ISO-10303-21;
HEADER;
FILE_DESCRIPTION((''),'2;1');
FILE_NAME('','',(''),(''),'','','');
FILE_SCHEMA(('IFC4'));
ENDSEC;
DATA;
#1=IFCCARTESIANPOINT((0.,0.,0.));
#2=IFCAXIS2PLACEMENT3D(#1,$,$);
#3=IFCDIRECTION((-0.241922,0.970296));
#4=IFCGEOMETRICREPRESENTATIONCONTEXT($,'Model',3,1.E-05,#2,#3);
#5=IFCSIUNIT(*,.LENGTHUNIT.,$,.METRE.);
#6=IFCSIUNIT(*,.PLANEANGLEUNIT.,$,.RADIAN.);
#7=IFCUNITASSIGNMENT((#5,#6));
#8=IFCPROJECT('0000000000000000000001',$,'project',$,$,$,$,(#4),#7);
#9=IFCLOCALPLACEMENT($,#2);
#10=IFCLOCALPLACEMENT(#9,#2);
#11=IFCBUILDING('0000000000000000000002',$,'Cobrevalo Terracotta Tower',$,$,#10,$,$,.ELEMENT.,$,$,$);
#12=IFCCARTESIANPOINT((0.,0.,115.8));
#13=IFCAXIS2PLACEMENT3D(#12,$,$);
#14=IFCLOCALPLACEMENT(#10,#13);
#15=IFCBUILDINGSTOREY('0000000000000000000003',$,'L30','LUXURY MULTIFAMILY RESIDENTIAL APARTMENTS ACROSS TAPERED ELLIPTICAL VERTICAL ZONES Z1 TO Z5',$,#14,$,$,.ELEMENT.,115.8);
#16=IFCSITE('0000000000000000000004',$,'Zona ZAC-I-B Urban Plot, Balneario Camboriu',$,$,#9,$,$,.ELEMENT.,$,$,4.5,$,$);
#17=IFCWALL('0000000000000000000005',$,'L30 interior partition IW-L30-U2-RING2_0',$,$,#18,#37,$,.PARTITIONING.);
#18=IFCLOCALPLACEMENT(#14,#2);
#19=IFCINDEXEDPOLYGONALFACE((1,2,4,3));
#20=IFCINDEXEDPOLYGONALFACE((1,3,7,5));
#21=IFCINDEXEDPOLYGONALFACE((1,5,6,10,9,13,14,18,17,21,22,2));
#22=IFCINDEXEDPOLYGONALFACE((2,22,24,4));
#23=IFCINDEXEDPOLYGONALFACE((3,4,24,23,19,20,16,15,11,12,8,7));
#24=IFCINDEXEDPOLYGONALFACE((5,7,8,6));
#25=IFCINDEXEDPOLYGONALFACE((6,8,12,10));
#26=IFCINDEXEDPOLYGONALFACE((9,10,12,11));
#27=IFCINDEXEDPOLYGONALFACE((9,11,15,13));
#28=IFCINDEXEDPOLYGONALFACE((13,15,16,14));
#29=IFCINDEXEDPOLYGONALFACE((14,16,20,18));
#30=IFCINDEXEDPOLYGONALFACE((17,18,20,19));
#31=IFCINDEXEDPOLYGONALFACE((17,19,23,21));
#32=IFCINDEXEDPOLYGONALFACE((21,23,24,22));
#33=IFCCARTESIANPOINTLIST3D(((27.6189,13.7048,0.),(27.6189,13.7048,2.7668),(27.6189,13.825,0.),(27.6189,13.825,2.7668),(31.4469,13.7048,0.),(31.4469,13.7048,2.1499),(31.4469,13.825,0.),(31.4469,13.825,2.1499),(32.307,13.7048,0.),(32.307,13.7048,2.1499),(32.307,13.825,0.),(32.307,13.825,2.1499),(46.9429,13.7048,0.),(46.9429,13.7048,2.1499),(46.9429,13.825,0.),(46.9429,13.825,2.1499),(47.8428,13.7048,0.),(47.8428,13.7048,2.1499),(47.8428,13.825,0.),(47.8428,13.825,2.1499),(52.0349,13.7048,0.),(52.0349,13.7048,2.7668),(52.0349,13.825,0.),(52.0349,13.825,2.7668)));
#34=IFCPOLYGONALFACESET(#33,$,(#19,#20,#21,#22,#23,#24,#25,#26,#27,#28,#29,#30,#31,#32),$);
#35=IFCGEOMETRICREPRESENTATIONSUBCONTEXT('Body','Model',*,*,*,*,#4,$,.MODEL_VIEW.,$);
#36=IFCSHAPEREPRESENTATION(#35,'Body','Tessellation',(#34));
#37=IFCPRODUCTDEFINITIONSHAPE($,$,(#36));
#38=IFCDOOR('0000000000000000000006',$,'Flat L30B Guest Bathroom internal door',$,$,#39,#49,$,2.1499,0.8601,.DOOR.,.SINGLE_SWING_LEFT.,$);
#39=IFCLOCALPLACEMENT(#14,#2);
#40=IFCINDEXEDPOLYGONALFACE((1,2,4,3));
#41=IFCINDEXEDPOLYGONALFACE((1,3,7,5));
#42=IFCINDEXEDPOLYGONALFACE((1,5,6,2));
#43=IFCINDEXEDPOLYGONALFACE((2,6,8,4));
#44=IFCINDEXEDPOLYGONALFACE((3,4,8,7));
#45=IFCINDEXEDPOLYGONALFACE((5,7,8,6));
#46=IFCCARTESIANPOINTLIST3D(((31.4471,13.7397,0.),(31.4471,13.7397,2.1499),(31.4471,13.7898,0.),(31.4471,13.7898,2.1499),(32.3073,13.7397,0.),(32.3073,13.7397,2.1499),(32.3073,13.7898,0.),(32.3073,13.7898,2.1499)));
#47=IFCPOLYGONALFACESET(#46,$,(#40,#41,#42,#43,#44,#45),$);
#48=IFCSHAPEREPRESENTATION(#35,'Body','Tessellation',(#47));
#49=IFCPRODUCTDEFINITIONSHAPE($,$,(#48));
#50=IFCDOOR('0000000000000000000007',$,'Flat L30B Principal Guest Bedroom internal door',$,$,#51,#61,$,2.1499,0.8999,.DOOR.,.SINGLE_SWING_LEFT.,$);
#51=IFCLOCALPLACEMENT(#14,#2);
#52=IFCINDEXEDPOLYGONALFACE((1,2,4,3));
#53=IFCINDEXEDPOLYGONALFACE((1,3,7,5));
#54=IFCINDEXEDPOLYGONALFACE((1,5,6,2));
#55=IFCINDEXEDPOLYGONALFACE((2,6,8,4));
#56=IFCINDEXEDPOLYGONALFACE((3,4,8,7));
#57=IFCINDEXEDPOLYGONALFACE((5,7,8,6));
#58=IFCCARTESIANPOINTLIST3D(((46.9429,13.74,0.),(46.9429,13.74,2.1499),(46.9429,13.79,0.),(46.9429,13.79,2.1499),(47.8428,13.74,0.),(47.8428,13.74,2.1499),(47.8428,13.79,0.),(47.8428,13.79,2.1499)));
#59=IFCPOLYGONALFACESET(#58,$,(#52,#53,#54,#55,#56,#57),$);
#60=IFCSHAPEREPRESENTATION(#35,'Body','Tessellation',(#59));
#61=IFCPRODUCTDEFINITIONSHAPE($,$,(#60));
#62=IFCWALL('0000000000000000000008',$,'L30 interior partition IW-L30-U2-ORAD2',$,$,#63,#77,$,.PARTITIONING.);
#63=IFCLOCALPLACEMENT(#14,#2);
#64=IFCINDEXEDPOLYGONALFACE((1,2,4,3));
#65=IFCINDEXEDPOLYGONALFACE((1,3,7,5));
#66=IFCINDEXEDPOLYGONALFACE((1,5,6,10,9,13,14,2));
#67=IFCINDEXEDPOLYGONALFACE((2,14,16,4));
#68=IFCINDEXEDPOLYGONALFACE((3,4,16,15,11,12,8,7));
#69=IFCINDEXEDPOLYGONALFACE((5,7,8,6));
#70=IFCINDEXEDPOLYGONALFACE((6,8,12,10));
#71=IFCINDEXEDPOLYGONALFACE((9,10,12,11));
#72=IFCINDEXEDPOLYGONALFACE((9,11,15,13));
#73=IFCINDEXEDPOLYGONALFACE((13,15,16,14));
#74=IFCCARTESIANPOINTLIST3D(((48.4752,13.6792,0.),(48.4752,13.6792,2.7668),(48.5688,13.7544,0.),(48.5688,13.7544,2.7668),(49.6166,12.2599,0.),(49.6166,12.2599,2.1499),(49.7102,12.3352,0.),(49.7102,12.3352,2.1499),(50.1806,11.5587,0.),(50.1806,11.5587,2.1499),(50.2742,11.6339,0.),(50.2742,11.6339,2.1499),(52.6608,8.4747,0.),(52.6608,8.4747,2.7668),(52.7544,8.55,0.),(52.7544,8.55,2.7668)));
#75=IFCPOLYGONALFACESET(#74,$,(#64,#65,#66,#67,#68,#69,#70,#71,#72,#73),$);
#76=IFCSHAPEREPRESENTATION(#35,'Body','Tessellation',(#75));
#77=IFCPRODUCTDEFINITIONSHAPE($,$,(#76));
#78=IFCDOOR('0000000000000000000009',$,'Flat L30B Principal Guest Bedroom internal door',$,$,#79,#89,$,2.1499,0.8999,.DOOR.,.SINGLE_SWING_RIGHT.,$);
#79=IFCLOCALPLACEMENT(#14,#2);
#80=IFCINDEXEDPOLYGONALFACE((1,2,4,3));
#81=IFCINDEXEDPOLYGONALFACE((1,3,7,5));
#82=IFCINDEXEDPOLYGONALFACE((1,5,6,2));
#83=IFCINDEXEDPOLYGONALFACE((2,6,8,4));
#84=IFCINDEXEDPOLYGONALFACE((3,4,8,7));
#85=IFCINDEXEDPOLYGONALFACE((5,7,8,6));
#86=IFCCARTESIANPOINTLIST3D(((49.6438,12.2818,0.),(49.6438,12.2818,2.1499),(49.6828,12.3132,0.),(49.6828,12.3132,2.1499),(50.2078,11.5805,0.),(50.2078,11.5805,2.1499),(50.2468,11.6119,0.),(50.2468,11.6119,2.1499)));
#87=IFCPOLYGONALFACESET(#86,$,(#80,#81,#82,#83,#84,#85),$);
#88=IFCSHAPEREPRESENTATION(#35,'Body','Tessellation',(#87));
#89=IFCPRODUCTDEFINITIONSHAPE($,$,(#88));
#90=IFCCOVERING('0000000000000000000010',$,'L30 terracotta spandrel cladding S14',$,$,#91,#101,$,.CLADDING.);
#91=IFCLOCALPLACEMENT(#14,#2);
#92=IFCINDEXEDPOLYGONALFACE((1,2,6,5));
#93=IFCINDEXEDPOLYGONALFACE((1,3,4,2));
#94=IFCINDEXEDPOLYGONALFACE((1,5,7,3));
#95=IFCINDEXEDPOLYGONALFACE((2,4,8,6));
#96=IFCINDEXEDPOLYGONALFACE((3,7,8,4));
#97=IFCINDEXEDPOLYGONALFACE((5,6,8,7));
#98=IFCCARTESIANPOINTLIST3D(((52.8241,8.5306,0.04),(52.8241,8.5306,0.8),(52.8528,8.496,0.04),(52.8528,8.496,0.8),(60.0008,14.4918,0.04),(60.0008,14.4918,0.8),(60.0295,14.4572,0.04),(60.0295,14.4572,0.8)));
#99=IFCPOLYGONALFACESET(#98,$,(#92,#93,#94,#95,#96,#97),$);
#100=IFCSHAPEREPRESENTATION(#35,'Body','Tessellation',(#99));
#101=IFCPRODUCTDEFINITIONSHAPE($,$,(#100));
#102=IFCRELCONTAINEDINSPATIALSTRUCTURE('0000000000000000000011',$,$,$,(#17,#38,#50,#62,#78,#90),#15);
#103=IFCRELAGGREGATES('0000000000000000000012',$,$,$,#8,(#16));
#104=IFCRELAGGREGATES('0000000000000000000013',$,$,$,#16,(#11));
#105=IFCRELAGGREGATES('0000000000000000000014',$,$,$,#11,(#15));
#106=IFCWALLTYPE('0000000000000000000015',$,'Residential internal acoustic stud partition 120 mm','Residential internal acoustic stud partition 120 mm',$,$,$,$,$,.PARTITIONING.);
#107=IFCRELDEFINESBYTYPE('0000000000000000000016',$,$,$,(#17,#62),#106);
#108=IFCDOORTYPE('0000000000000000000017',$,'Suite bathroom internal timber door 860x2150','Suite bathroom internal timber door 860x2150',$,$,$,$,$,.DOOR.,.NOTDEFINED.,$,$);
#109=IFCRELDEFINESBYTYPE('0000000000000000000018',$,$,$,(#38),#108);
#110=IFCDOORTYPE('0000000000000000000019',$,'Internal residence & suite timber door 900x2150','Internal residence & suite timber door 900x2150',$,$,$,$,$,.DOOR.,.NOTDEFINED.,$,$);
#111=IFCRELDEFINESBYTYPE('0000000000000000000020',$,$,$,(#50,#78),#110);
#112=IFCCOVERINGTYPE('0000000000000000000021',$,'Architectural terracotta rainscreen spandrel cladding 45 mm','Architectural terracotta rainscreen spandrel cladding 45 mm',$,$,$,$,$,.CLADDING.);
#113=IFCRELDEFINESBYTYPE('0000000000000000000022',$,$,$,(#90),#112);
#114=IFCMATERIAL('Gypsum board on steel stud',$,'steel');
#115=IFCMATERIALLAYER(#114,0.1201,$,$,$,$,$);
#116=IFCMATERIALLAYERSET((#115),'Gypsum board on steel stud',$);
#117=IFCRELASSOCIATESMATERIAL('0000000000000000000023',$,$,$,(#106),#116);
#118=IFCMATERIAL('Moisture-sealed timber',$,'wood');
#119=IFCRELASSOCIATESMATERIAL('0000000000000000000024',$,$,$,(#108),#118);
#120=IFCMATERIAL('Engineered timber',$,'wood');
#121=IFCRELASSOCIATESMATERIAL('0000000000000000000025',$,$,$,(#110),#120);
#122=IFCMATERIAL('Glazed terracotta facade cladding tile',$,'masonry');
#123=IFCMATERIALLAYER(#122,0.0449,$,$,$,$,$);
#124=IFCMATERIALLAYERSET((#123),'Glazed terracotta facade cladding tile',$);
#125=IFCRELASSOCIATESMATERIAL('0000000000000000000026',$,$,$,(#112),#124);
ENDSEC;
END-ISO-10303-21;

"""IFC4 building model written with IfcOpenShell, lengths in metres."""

from ifc_helpers import new_model, si_unit, direction, frame, frame_2d, origin, origin_2d, place, context, subcontext, project, spatial, rectangle, extrude, source, transform, mapped, material, layer, layer_set, type_object, element, fill, save


model = new_model("IFC4")

# Units and contexts
model_context = context("Model", 3, precision=1e-05, world=origin(), true_north=direction((-0.241922, 0.970296)))
body_context = subcontext(model_context, "Body", "Model", "MODEL_VIEW")
ifc_project = project(units=[si_unit("LENGTHUNIT", "METRE"), si_unit("PLANEANGLEUNIT", "RADIAN")], contexts=[model_context])

# Site, building, storey
site_placement = place(None, origin())
site = spatial("IfcSite", under=ifc_project, at=site_placement, Name="Zona ZAC-I-B Urban Plot, Balneario Camboriu", CompositionType="ELEMENT", RefElevation=4.5)
building_placement = place(site_placement, origin())
building = spatial("IfcBuilding", under=site, at=building_placement, Name="Cobrevalo Terracotta Tower", CompositionType="ELEMENT")
storey_placement = place(building_placement, frame((0.0, 0.0, 115.8)))
storey = spatial("IfcBuildingStorey", under=building, at=storey_placement, Name="L30", Description="LUXURY MULTIFAMILY RESIDENTIAL APARTMENTS ACROSS TAPERED ELLIPTICAL VERTICAL ZONES Z1 TO Z5", CompositionType="ELEMENT", Elevation=115.8)

# Wall, openings, doors
ifc_material_1 = material(Name="Gypsum board on steel stud", Category="steel")
ifc_layer_1 = layer(ifc_material_1, 0.1201)
ifc_layer_set_1 = layer_set([ifc_layer_1], Name="Gypsum board on steel stud")
wall_type_1 = type_object("IfcWallType", Name="Residential internal acoustic stud partition 120 mm", Description="Residential internal acoustic stud partition 120 mm", PredefinedType="PARTITIONING", material=ifc_layer_set_1)
wall_1_placement = place(storey_placement, frame((52.0349, 13.7649, 0.0), z_axis=(0.0, 0.0, 1.0), x_axis=(-1.0, 0.0, 0.0)))
wall_1 = element("IfcWall", 1, at=wall_1_placement, inside=storey, type_object=wall_type_1, Name="L30 interior partition IW-L30-U2-RING2_0", PredefinedType="PARTITIONING", context=body_context, shape_type="SweptSolid", body=[
    extrude(rectangle(XDim=24.416, YDim=0.1201, at=frame_2d((12.208, 0.0))), origin(), (0.0, 0.0, 1.0), 2.7668),
])
opening_1_placement = place(wall_1_placement, frame((4.1921, 0.0, 0.0)))
opening_1 = element("IfcOpeningElement", 2, at=opening_1_placement, cuts=wall_1, PredefinedType="OPENING", context=body_context, shape_type="SweptSolid", body=[
    extrude(rectangle(XDim=0.8999, YDim=2.1499, at=frame_2d((0.45, 1.075))), frame((0.0, 0.0701, 0.0), z_axis=(0.0, -1.0, 0.0), x_axis=(1.0, 0.0, 0.0)), (0.0, 0.0, 1.0), 0.1401),
])
opening_2_placement = place(wall_1_placement, frame((19.7278, 0.0, 0.0)))
opening_2 = element("IfcOpeningElement", 3, at=opening_2_placement, cuts=wall_1, PredefinedType="OPENING", context=body_context, shape_type="SweptSolid", body=[
    extrude(rectangle(XDim=0.8601, YDim=2.1499, at=frame_2d((0.4302, 1.075))), frame((0.0, 0.0701, 0.0), z_axis=(0.0, -1.0, 0.0), x_axis=(1.0, 0.0, 0.0)), (0.0, 0.0, 1.0), 0.1401),
])
ifc_material_2 = material(Name="Moisture-sealed timber", Category="wood")
door_type_1 = type_object("IfcDoorType", Name="Suite bathroom internal timber door 860x2150", Description="Suite bathroom internal timber door 860x2150", OperationType="NOTDEFINED", PredefinedType="DOOR", material=ifc_material_2)
shared_shape_1 = source(origin(), body_context, "Body", "SweptSolid", [
    extrude(rectangle(XDim=0.8601, YDim=2.1499, at=frame_2d((0.4302, 1.075))), frame((0.0, 0.0249, 0.0), z_axis=(0.0, -1.0, 0.0), x_axis=(1.0, 0.0, 0.0)), (0.0, 0.0, 1.0), 0.05),
])
door_1_placement = place(opening_2_placement, frame((0.8601, 0.0, 0.0), z_axis=(0.0, 0.0, 1.0), x_axis=(-1.0, 0.0, 0.0)))
door_1 = element("IfcDoor", 4, at=door_1_placement, inside=storey, type_object=door_type_1, Name="Flat L30B Guest Bathroom internal door", OperationType="SINGLE_SWING_LEFT", OverallHeight=2.1499, OverallWidth=0.8601, PredefinedType="DOOR", context=body_context, shape_type="MappedRepresentation", body=[
    mapped(shared_shape_1, transform((0.0, 0.0, 0.0), scale=1.0)),
])
fill(opening_2, door_1)
ifc_material_3 = material(Name="Engineered timber", Category="wood")
door_type_2 = type_object("IfcDoorType", Name="Internal residence & suite timber door 900x2150", Description="Internal residence & suite timber door 900x2150", OperationType="NOTDEFINED", PredefinedType="DOOR", material=ifc_material_3)
shared_shape_2 = source(origin(), body_context, "Body", "SweptSolid", [
    extrude(rectangle(XDim=0.8999, YDim=2.1499, at=frame_2d((0.45, 1.075))), frame((0.0, 0.0249, 0.0), z_axis=(0.0, -1.0, 0.0), x_axis=(1.0, 0.0, 0.0)), (0.0, 0.0, 1.0), 0.05),
])
door_2_placement = place(opening_1_placement, origin())
door_2 = element("IfcDoor", 5, at=door_2_placement, inside=storey, type_object=door_type_2, Name="Flat L30B Principal Guest Bedroom internal door", OperationType="SINGLE_SWING_LEFT", OverallHeight=2.1499, OverallWidth=0.8999, PredefinedType="DOOR", context=body_context, shape_type="MappedRepresentation", body=[
    mapped(shared_shape_2, transform((0.0, 0.0, 0.0), scale=1.0)),
])
fill(opening_1, door_2)

# Wall, opening, door
wall_2_placement = place(storey_placement, frame((48.522, 13.7168, 0.0), z_axis=(0.0, 0.0, 1.0), x_axis=(0.626708, -0.779254, 0.0)))
wall_2 = element("IfcWall", 6, at=wall_2_placement, inside=storey, type_object=wall_type_1, Name="L30 interior partition IW-L30-U2-ORAD2", PredefinedType="PARTITIONING", context=body_context, shape_type="SweptSolid", body=[
    extrude(rectangle(XDim=6.6787, YDim=0.1201, at=frame_2d((3.3394, 0.0))), origin(), (0.0, 0.0, 1.0), 2.7668),
])
opening_3_placement = place(wall_2_placement, frame((1.8213, 0.0, 0.0)))
opening_3 = element("IfcOpeningElement", 7, at=opening_3_placement, cuts=wall_2, PredefinedType="OPENING", context=body_context, shape_type="SweptSolid", body=[
    extrude(rectangle(XDim=0.8999, YDim=2.1499, at=frame_2d((0.45, 1.075))), frame((0.0, 0.0701, 0.0), z_axis=(0.0, -1.0, 0.0), x_axis=(1.0, 0.0, 0.0)), (0.0, 0.0, 1.0), 0.1401),
])
door_3_placement = place(opening_3_placement, origin())
door_3 = element("IfcDoor", 8, at=door_3_placement, inside=storey, type_object=door_type_2, Name="Flat L30B Principal Guest Bedroom internal door", OperationType="SINGLE_SWING_RIGHT", OverallHeight=2.1499, OverallWidth=0.8999, PredefinedType="DOOR", context=body_context, shape_type="MappedRepresentation", body=[
    mapped(shared_shape_2, transform((0.0, 0.0, 0.0), scale=1.0)),
])
fill(opening_3, door_3)

# Covering
ifc_material_4 = material(Name="Glazed terracotta facade cladding tile", Category="masonry")
ifc_layer_2 = layer(ifc_material_4, 0.0449)
ifc_layer_set_2 = layer_set([ifc_layer_2], Name="Glazed terracotta facade cladding tile")
covering_type = type_object("IfcCoveringType", Name="Architectural terracotta rainscreen spandrel cladding 45 mm", Description="Architectural terracotta rainscreen spandrel cladding 45 mm", PredefinedType="CLADDING", material=ifc_layer_set_2)
shared_shape_3 = source(origin(), body_context, "Body", "SweptSolid", [
    extrude(rectangle(XDim=9.3296, YDim=0.0449, at=origin_2d()), origin(), (0.0, 0.0, 1.0), 0.76),
])
covering_placement = place(storey_placement, frame((56.4268, 11.4939, 0.04), z_axis=(0.0, 0.0, 1.0), x_axis=(0.769241, 0.638958, 0.0)))
element("IfcCovering", 9, at=covering_placement, inside=storey, type_object=covering_type, Name="L30 terracotta spandrel cladding S14", PredefinedType="CLADDING", context=body_context, shape_type="MappedRepresentation", body=[
    mapped(shared_shape_3, transform((0.0, 0.0, 0.0), scale=1.0)),
])

save(model, "model.ifc")
